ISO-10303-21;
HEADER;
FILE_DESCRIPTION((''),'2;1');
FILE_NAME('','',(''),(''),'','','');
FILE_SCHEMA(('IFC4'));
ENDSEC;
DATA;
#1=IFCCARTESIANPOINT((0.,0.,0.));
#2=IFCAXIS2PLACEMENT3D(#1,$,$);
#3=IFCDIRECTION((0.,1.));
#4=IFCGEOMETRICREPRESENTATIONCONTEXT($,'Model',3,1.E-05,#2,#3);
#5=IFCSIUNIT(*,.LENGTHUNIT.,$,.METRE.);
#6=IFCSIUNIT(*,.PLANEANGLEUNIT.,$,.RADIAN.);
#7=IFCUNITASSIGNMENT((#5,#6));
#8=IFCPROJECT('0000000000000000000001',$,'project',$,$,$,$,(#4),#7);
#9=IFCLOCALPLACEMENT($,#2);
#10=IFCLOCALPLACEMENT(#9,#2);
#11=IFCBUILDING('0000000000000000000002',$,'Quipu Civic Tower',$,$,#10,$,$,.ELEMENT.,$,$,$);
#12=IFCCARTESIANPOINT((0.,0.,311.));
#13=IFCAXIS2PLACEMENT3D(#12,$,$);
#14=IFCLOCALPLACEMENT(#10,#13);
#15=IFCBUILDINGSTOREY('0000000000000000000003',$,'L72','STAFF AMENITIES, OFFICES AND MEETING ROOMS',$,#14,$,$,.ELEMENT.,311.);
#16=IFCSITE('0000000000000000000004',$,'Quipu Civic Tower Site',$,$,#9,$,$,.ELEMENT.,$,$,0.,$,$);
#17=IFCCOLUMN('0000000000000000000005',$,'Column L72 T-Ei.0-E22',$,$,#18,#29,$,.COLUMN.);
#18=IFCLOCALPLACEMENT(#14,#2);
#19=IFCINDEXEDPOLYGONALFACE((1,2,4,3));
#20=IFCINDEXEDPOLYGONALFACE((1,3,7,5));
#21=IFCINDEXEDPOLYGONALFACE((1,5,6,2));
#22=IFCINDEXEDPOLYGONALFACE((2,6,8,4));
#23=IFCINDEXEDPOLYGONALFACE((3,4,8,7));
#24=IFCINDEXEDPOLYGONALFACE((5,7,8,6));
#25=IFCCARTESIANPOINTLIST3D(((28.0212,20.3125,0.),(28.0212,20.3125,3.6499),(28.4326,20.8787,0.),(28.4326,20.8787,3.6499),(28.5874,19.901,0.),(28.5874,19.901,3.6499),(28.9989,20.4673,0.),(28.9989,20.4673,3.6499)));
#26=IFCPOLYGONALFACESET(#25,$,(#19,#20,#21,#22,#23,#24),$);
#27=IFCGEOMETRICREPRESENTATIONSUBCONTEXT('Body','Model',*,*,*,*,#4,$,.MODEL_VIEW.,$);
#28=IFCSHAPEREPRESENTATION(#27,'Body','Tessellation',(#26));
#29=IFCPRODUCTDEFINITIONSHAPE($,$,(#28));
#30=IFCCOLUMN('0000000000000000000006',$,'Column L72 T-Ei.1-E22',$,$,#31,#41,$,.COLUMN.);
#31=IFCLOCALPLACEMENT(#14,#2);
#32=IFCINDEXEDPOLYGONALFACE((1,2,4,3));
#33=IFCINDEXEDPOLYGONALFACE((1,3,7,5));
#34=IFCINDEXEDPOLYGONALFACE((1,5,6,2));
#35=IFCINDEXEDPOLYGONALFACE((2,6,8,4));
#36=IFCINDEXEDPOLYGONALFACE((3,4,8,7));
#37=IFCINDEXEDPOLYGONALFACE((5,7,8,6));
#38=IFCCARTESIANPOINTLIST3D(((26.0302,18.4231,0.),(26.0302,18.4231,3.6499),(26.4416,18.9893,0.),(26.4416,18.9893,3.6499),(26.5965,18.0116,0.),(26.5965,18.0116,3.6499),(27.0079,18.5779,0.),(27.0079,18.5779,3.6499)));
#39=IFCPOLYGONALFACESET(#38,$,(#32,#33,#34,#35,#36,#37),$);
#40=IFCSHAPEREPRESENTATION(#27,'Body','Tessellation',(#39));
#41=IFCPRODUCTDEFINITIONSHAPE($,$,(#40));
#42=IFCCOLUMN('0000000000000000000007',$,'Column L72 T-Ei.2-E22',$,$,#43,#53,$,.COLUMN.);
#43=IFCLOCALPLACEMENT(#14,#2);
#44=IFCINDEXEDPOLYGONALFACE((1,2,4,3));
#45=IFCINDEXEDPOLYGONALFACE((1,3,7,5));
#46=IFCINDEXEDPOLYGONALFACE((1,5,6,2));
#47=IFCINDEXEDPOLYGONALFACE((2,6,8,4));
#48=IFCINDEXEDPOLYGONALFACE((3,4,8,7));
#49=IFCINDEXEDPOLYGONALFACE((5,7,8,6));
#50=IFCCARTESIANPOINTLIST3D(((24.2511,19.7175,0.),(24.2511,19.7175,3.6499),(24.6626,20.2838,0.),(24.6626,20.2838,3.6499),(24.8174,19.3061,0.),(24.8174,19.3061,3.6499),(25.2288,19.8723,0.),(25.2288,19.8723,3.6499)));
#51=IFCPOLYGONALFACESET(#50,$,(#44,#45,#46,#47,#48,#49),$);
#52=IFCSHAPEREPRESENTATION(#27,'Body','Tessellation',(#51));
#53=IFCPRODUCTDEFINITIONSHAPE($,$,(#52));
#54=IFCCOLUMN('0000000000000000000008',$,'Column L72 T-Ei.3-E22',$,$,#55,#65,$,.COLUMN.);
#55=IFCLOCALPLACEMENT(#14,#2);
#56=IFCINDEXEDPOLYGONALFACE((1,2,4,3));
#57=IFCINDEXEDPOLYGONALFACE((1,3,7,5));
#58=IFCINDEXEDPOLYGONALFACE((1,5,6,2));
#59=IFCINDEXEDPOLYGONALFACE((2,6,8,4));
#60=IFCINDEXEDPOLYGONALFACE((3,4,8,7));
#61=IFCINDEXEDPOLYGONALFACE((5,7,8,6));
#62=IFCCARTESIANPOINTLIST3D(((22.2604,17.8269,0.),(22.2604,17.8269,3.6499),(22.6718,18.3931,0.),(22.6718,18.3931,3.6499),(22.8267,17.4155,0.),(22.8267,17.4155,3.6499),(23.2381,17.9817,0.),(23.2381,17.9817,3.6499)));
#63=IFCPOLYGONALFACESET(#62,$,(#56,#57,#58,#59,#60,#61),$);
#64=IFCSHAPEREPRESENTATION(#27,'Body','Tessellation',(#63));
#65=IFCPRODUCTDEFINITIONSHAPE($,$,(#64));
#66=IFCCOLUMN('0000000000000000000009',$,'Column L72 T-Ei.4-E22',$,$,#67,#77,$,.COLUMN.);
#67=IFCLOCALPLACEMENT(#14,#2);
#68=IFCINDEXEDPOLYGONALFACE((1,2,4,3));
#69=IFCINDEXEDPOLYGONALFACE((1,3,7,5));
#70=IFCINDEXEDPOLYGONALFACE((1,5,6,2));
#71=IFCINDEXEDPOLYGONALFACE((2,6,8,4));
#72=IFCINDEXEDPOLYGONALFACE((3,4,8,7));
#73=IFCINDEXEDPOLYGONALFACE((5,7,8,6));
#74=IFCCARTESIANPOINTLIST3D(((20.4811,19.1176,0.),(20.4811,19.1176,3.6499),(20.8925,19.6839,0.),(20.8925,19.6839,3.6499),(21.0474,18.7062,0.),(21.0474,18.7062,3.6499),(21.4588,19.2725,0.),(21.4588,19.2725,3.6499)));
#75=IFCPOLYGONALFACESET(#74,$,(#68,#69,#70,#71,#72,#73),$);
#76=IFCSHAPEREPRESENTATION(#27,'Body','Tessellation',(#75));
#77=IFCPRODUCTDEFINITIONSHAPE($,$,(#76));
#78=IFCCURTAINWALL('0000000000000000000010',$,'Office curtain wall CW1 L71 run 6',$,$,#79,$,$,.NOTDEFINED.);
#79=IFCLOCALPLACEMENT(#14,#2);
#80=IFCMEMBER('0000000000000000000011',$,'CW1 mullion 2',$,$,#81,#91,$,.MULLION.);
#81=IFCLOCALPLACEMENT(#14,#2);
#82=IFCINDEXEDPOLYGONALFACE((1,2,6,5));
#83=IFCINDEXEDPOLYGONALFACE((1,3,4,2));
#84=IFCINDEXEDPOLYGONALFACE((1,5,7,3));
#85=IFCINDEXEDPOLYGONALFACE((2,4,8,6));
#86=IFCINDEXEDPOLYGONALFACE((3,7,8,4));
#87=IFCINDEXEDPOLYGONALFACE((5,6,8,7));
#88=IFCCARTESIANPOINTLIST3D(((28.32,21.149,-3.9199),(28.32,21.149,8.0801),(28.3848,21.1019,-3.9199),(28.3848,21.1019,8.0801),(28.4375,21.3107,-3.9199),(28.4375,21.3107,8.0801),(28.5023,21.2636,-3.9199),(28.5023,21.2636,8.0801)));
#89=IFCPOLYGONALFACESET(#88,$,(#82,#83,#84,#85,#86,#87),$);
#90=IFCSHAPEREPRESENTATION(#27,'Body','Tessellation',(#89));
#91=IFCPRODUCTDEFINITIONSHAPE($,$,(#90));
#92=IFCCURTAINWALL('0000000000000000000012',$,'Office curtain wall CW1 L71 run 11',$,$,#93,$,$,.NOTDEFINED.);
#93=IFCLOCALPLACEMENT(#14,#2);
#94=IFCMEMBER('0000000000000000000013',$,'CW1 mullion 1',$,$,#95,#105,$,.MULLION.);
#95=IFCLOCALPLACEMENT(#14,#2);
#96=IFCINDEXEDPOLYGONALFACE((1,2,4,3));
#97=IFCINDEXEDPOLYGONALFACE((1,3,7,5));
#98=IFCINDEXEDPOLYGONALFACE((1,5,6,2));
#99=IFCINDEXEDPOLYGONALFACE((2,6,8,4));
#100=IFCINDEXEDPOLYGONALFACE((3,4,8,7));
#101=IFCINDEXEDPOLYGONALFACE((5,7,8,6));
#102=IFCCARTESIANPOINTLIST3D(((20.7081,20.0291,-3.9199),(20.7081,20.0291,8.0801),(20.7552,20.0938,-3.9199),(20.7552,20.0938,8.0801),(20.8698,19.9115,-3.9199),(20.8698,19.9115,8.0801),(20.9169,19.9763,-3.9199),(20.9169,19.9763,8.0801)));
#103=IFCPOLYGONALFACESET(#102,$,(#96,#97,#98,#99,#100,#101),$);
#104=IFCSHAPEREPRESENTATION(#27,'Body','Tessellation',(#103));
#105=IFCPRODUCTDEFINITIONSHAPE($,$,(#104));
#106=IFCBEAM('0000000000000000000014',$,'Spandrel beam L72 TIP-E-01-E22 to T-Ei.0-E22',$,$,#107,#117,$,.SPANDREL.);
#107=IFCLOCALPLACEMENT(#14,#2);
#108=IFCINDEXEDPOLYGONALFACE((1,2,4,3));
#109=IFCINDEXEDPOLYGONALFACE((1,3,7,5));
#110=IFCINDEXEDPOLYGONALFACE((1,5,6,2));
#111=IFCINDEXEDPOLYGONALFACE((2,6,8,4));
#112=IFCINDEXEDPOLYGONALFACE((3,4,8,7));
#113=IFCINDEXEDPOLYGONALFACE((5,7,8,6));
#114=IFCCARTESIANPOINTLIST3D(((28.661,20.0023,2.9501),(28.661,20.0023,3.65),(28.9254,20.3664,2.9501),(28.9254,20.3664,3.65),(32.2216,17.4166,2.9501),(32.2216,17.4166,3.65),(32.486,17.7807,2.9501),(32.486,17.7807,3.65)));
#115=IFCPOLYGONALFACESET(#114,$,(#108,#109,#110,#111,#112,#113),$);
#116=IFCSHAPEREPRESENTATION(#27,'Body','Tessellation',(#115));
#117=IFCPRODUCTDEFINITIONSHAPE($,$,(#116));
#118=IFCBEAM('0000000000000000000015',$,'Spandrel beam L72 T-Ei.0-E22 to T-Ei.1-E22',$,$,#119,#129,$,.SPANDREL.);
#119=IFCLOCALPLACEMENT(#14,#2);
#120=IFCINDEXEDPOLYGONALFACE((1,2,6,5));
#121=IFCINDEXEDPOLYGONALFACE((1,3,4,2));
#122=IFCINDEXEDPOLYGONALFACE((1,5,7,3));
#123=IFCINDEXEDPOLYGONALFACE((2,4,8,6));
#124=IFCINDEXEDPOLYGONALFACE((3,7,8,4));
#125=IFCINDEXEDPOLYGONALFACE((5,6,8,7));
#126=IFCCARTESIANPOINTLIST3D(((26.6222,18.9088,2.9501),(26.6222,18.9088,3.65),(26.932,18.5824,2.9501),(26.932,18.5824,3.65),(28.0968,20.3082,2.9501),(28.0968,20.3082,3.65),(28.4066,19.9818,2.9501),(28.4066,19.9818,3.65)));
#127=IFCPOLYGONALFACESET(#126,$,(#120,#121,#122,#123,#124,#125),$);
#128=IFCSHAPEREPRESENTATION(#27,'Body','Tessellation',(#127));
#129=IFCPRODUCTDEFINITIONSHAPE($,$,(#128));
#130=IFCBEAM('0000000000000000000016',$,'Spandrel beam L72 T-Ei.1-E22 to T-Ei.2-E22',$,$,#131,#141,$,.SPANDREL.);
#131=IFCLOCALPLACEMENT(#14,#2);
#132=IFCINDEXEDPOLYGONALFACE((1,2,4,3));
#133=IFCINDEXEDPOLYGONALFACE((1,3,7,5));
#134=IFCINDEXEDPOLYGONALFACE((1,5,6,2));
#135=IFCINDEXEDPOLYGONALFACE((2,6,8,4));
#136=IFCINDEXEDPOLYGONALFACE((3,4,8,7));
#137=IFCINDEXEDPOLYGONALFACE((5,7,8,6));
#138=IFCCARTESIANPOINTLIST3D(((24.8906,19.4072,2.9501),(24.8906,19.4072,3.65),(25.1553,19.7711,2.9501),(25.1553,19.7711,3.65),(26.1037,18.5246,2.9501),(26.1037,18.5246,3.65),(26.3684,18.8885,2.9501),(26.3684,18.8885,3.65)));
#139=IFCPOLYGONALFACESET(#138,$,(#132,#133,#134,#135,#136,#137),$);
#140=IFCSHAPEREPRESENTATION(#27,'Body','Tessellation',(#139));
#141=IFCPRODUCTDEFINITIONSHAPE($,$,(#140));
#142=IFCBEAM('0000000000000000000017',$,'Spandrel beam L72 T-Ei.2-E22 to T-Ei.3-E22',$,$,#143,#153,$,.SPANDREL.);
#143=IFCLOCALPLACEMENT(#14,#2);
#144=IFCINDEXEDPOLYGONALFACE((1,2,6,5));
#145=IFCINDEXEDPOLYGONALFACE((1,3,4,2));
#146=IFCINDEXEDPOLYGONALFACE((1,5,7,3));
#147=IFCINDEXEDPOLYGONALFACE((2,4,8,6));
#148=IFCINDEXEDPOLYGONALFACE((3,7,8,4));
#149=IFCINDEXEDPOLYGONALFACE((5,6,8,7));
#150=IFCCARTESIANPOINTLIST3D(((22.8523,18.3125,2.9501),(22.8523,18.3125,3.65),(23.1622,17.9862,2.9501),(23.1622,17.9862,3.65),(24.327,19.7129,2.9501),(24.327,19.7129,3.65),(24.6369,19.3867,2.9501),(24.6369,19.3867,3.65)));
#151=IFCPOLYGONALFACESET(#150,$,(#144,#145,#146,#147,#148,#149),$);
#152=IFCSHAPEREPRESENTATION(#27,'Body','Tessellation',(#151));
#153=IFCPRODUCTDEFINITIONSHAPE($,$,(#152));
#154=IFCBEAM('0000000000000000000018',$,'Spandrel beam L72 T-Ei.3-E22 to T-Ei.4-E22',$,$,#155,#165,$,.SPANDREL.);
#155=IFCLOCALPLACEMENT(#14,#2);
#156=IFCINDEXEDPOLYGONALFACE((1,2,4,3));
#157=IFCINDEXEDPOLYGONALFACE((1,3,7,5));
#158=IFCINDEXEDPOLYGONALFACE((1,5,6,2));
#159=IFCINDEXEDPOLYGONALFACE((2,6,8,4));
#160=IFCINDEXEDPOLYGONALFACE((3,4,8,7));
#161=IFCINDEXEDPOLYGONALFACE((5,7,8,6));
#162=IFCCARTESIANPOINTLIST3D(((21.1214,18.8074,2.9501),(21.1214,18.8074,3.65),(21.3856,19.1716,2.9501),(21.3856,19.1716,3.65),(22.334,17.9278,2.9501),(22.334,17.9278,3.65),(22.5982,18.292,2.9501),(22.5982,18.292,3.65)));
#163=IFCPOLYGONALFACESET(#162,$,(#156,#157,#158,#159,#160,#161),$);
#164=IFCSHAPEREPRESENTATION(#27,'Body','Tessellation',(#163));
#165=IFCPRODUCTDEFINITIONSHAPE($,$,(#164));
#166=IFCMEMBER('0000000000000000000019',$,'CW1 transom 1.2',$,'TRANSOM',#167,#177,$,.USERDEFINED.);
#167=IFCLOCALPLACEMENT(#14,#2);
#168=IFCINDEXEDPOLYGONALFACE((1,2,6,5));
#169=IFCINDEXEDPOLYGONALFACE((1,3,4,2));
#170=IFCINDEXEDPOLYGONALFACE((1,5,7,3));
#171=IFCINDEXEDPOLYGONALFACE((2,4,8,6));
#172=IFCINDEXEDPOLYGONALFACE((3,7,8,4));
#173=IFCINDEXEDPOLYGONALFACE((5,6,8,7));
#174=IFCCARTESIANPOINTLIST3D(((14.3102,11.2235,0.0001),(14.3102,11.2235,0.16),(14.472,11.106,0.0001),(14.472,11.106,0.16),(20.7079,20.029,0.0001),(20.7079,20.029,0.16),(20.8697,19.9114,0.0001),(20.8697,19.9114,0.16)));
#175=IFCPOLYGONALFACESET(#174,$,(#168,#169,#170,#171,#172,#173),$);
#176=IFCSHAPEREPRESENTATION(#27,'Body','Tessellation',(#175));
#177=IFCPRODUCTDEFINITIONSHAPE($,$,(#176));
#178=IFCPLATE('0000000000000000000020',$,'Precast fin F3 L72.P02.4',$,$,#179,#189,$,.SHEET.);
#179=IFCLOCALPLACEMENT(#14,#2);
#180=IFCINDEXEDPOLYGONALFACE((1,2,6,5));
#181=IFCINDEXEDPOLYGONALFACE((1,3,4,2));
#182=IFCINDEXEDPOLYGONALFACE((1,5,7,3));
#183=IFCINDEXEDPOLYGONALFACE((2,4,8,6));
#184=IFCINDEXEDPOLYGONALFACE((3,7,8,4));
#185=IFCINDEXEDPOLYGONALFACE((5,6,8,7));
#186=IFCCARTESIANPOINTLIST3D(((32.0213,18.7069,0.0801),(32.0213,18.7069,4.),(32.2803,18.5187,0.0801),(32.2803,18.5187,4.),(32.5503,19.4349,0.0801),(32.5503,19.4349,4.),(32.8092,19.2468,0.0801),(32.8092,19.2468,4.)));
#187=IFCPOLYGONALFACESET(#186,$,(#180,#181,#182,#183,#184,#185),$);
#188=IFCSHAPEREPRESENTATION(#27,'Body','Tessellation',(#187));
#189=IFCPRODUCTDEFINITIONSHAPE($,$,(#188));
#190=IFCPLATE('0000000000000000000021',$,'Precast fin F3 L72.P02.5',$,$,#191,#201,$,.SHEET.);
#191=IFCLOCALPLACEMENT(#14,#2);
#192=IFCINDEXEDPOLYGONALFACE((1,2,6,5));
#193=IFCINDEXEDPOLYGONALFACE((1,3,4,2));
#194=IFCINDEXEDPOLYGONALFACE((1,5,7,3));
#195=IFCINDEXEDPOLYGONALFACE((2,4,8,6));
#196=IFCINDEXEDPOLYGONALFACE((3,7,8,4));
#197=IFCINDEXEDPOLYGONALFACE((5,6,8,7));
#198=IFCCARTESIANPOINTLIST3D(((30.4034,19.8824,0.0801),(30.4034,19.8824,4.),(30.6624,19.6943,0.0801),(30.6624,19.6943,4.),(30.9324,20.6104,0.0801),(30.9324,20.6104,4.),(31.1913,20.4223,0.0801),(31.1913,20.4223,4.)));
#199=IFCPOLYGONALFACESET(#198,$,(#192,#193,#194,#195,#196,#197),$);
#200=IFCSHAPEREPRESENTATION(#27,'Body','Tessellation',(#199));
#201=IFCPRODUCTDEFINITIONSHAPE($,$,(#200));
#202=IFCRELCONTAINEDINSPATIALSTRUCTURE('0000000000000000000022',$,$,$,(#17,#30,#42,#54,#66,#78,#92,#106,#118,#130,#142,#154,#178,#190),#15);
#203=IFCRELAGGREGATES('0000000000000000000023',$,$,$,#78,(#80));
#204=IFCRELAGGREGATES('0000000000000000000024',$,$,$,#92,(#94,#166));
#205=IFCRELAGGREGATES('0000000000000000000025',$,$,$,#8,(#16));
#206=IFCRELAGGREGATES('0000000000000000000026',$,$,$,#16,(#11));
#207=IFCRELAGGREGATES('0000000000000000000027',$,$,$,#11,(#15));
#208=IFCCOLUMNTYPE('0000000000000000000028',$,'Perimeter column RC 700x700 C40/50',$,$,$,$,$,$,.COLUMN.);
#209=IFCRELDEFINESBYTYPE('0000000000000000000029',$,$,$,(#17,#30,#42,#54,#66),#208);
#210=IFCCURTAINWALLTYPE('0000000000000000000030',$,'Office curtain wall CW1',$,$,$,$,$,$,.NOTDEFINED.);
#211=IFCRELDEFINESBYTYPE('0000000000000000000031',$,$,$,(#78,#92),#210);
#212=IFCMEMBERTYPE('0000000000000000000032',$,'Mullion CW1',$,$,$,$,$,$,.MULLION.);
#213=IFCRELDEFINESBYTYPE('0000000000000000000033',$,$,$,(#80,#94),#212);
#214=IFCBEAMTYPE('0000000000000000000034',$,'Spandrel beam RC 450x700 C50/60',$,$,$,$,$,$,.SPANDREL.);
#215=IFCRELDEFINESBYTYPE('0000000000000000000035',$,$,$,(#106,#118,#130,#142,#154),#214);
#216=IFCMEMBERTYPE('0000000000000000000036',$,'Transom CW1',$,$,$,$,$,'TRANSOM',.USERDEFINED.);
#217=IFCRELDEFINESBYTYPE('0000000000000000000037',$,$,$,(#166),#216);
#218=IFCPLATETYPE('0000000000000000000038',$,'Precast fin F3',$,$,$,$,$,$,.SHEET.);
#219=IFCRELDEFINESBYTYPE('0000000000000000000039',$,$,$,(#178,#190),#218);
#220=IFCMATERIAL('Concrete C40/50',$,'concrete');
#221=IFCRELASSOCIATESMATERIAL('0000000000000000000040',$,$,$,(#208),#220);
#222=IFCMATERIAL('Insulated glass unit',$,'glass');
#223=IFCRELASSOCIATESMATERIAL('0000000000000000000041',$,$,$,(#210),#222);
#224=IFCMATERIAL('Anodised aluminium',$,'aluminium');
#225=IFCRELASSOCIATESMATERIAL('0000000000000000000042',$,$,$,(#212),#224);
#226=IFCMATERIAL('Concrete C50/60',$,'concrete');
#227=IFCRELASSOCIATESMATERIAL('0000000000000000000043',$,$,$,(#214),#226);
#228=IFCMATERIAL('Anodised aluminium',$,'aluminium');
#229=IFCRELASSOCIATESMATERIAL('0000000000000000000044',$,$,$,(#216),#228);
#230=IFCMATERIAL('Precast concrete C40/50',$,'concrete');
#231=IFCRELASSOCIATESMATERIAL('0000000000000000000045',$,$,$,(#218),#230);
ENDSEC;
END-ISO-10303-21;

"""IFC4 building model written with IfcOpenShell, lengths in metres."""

from ifc_helpers import new_model, si_unit, direction, frame, origin, origin_2d, place, context, subcontext, project, spatial, rectangle, extrude, material, material_profile, profile_set, type_object, element, aggregate, save


model = new_model("IFC4")

# Units and contexts
model_context = context("Model", 3, precision=1e-05, world=origin(), true_north=direction((0.0, 1.0)))
body_context = subcontext(model_context, "Body", "Model", "MODEL_VIEW")
ifc_project = project(units=[si_unit("LENGTHUNIT", "METRE"), si_unit("PLANEANGLEUNIT", "RADIAN")], contexts=[model_context])

# Site, building, storey
site_placement = place(None, origin())
site = spatial("IfcSite", under=ifc_project, at=site_placement, Name="Quipu Civic Tower Site", CompositionType="ELEMENT", RefElevation=0.0)
building_placement = place(site_placement, origin())
building = spatial("IfcBuilding", under=site, at=building_placement, Name="Quipu Civic Tower", CompositionType="ELEMENT")
storey_placement = place(building_placement, frame((0.0, 0.0, 311.0)))
storey = spatial("IfcBuildingStorey", under=building, at=storey_placement, Name="L72", Description="STAFF AMENITIES, OFFICES AND MEETING ROOMS", CompositionType="ELEMENT", Elevation=311.0)

# Columns
ifc_material_1 = material(Name="Concrete C40/50", Category="concrete")
ifc_material_profile_1 = material_profile(ifc_material_1, rectangle(XDim=0.7, YDim=0.7, at=origin_2d()), Name="RC700x700")
ifc_profile_set_1 = profile_set([ifc_material_profile_1], Name="Concrete C40/50")
column_type = type_object("IfcColumnType", Name="Perimeter column RC 700x700 C40/50", PredefinedType="COLUMN", material=ifc_profile_set_1)
for number, where, z_axis, x_axis, name in (
    (1, (28.51, 20.3899, 0.0), (0.0, 0.0, 1.0), (-0.587785, -0.809017, 0.0), "Column L72 T-Ei.0-E22"),
    (2, (26.519, 18.5005, 0.0), (0.0, 0.0, 1.0), (-0.809017, 0.587785, 0.0), "Column L72 T-Ei.1-E22"),
    (3, (24.74, 19.7949, 0.0), (0.0, 0.0, 1.0), (-0.587785, -0.809017, 0.0), "Column L72 T-Ei.2-E22"),
    (4, (22.7493, 17.9043, 0.0), (0.0, 0.0, 1.0), (-0.587785, -0.809017, 0.0), "Column L72 T-Ei.3-E22"),
    (5, (20.97, 19.1951, 0.0), (0.0, 0.0, 1.0), (-0.587785, -0.809017, 0.0), "Column L72 T-Ei.4-E22"),
):
    element("IfcColumn", number, at=place(storey_placement, frame(where, z_axis=z_axis, x_axis=x_axis)), inside=storey, type_object=column_type, Name=name, PredefinedType="COLUMN", context=body_context, shape_type="SweptSolid", body=[
        extrude(rectangle(XDim=0.7, YDim=0.7, at=origin_2d()), origin(), (0.0, 0.0, 1.0), 3.6499),
    ])

# Curtain walls, members
ifc_material_2 = material(Name="Insulated glass unit", Category="glass")
curtain_wall_type = type_object("IfcCurtainWallType", Name="Office curtain wall CW1", PredefinedType="NOTDEFINED", material=ifc_material_2)
curtain_wall_1_placement = place(storey_placement, origin())
curtain_wall_1 = element("IfcCurtainWall", 6, at=curtain_wall_1_placement, inside=storey, type_object=curtain_wall_type, Name="Office curtain wall CW1 L71 run 6", PredefinedType="NOTDEFINED")
ifc_material_3 = material(Name="Anodised aluminium", Category="aluminium")
ifc_material_profile_2 = material_profile(ifc_material_3, rectangle(XDim=0.2, YDim=0.0801, at=origin_2d()), Name="RECT 200x80")
ifc_profile_set_2 = profile_set([ifc_material_profile_2], Name="Anodised aluminium")
member_type_1 = type_object("IfcMemberType", Name="Mullion CW1", PredefinedType="MULLION", material=ifc_profile_set_2)
member_1_placement = place(storey_placement, frame((28.4111, 21.2063, -3.9199), z_axis=(0.0, 0.0, 1.0), x_axis=(-0.587788, -0.809015, 0.0)))
member_1 = element("IfcMember", 7, at=member_1_placement, type_object=member_type_1, Name="CW1 mullion 2", PredefinedType="MULLION", context=body_context, shape_type="SweptSolid", body=[
    extrude(rectangle(XDim=0.2, YDim=0.0801, at=origin_2d()), origin(), (0.0, 0.0, 1.0), 12.0),
])
aggregate(curtain_wall_1, [member_1])
curtain_wall_2_placement = place(storey_placement, origin())
curtain_wall_2 = element("IfcCurtainWall", 8, at=curtain_wall_2_placement, inside=storey, type_object=curtain_wall_type, Name="Office curtain wall CW1 L71 run 11", PredefinedType="NOTDEFINED")
member_2_placement = place(storey_placement, frame((20.8125, 20.0027, -3.9199), z_axis=(0.0, 0.0, 1.0), x_axis=(0.809015, -0.587788, 0.0)))
member_2 = element("IfcMember", 9, at=member_2_placement, type_object=member_type_1, Name="CW1 mullion 1", PredefinedType="MULLION", context=body_context, shape_type="SweptSolid", body=[
    extrude(rectangle(XDim=0.2, YDim=0.0801, at=origin_2d()), origin(), (0.0, 0.0, 1.0), 12.0),
])

# Beams
ifc_material_4 = material(Name="Concrete C50/60", Category="concrete")
ifc_material_profile_3 = material_profile(ifc_material_4, rectangle(XDim=0.45, YDim=0.7, at=origin_2d()), Name="RC450x700")
ifc_profile_set_3 = profile_set([ifc_material_profile_3], Name="Concrete C50/60")
beam_type = type_object("IfcBeamType", Name="Spandrel beam RC 450x700 C50/60", PredefinedType="SPANDREL", material=ifc_profile_set_3)
beam_1_placement = place(storey_placement, frame((32.3538, 17.5986, 3.3), z_axis=(-0.809146, 0.587607, 0.0), x_axis=(-0.587607, -0.809146, 0.0)))
element("IfcBeam", 10, at=beam_1_placement, inside=storey, type_object=beam_type, Name="Spandrel beam L72 TIP-E-01-E22 to T-Ei.0-E22", PredefinedType="SPANDREL", context=body_context, shape_type="SweptSolid", body=[
    extrude(rectangle(XDim=0.45, YDim=0.7, at=origin_2d()), origin(), (0.0, 0.0, 1.0), 4.4004),
])
beam_2_placement = place(storey_placement, frame((28.2517, 20.145, 3.3), z_axis=(-0.725359, -0.688371, 0.0), x_axis=(0.688371, -0.725359, 0.0)))
element("IfcBeam", 11, at=beam_2_placement, inside=storey, type_object=beam_type, Name="Spandrel beam L72 T-Ei.0-E22 to T-Ei.1-E22", PredefinedType="SPANDREL", context=body_context, shape_type="SweptSolid", body=[
    extrude(rectangle(XDim=0.45, YDim=0.7, at=origin_2d()), origin(), (0.0, 0.0, 1.0), 2.033),
])
beam_3_placement = place(storey_placement, frame((26.2361, 18.7065, 3.3), z_axis=(-0.808645, 0.588297, 0.0), x_axis=(-0.588297, -0.808645, 0.0)))
element("IfcBeam", 12, at=beam_3_placement, inside=storey, type_object=beam_type, Name="Spandrel beam L72 T-Ei.1-E22 to T-Ei.2-E22", PredefinedType="SPANDREL", context=body_context, shape_type="SweptSolid", body=[
    extrude(rectangle(XDim=0.45, YDim=0.7, at=origin_2d()), origin(), (0.0, 0.0, 1.0), 1.5002),
])
beam_4_placement = place(storey_placement, frame((24.4819, 19.5498, 3.3), z_axis=(-0.725119, -0.688623, 0.0), x_axis=(0.688623, -0.725119, 0.0)))
element("IfcBeam", 13, at=beam_4_placement, inside=storey, type_object=beam_type, Name="Spandrel beam L72 T-Ei.2-E22 to T-Ei.3-E22", PredefinedType="SPANDREL", context=body_context, shape_type="SweptSolid", body=[
    extrude(rectangle(XDim=0.45, YDim=0.7, at=origin_2d()), origin(), (0.0, 0.0, 1.0), 2.0337),
])
beam_5_placement = place(storey_placement, frame((22.4661, 18.1099, 3.3), z_axis=(-0.809461, 0.587173, 0.0), x_axis=(-0.587173, -0.809461, 0.0)))
element("IfcBeam", 14, at=beam_5_placement, inside=storey, type_object=beam_type, Name="Spandrel beam L72 T-Ei.3-E22 to T-Ei.4-E22", PredefinedType="SPANDREL", context=body_context, shape_type="SweptSolid", body=[
    extrude(rectangle(XDim=0.45, YDim=0.7, at=origin_2d()), origin(), (0.0, 0.0, 1.0), 1.498),
])

# Member
ifc_material_5 = material(Name="Anodised aluminium", Category="aluminium")
ifc_material_profile_4 = material_profile(ifc_material_5, rectangle(XDim=0.2, YDim=0.1599, at=origin_2d()), Name="RECT 200x160")
ifc_profile_set_4 = profile_set([ifc_material_profile_4], Name="Anodised aluminium")
member_type_2 = type_object("IfcMemberType", Name="Transom CW1", ElementType="TRANSOM", PredefinedType="USERDEFINED", material=ifc_profile_set_4)
member_3_placement = place(storey_placement, frame((20.7888, 19.9702, 0.0801), z_axis=(-0.587797, -0.809009, 0.0), x_axis=(0.809009, -0.587797, 0.0)))
member_3 = element("IfcMember", 15, at=member_3_placement, type_object=member_type_2, Name="CW1 transom 1.2", ObjectType="TRANSOM", PredefinedType="USERDEFINED", context=body_context, shape_type="SweptSolid", body=[
    extrude(rectangle(XDim=0.2, YDim=0.1599, at=origin_2d()), origin(), (0.0, 0.0, 1.0), 10.8843),
])
aggregate(curtain_wall_2, [member_2, member_3])

# Plates
ifc_material_6 = material(Name="Precast concrete C40/50", Category="concrete")
plate_type = type_object("IfcPlateType", Name="Precast fin F3", PredefinedType="SHEET", material=ifc_material_6)
for number, where, z_axis, x_axis, name in (
    (16, (32.4153, 18.9768, 0.0801), (0.0, 0.0, 1.0), (-0.809017, 0.587785, 0.0), "Precast fin F3 L72.P02.4"),
    (17, (30.7974, 20.1523, 0.0801), (0.0, 0.0, 1.0), (-0.809017, 0.587785, 0.0), "Precast fin F3 L72.P02.5"),
):
    element("IfcPlate", number, at=place(storey_placement, frame(where, z_axis=z_axis, x_axis=x_axis)), inside=storey, type_object=plate_type, Name=name, PredefinedType="SHEET", context=body_context, shape_type="SweptSolid", body=[
        extrude(rectangle(XDim=0.3201, YDim=0.8999, at=origin_2d()), origin(), (0.0, 0.0, 1.0), 3.9199),
    ])

save(model, "model.ifc")
